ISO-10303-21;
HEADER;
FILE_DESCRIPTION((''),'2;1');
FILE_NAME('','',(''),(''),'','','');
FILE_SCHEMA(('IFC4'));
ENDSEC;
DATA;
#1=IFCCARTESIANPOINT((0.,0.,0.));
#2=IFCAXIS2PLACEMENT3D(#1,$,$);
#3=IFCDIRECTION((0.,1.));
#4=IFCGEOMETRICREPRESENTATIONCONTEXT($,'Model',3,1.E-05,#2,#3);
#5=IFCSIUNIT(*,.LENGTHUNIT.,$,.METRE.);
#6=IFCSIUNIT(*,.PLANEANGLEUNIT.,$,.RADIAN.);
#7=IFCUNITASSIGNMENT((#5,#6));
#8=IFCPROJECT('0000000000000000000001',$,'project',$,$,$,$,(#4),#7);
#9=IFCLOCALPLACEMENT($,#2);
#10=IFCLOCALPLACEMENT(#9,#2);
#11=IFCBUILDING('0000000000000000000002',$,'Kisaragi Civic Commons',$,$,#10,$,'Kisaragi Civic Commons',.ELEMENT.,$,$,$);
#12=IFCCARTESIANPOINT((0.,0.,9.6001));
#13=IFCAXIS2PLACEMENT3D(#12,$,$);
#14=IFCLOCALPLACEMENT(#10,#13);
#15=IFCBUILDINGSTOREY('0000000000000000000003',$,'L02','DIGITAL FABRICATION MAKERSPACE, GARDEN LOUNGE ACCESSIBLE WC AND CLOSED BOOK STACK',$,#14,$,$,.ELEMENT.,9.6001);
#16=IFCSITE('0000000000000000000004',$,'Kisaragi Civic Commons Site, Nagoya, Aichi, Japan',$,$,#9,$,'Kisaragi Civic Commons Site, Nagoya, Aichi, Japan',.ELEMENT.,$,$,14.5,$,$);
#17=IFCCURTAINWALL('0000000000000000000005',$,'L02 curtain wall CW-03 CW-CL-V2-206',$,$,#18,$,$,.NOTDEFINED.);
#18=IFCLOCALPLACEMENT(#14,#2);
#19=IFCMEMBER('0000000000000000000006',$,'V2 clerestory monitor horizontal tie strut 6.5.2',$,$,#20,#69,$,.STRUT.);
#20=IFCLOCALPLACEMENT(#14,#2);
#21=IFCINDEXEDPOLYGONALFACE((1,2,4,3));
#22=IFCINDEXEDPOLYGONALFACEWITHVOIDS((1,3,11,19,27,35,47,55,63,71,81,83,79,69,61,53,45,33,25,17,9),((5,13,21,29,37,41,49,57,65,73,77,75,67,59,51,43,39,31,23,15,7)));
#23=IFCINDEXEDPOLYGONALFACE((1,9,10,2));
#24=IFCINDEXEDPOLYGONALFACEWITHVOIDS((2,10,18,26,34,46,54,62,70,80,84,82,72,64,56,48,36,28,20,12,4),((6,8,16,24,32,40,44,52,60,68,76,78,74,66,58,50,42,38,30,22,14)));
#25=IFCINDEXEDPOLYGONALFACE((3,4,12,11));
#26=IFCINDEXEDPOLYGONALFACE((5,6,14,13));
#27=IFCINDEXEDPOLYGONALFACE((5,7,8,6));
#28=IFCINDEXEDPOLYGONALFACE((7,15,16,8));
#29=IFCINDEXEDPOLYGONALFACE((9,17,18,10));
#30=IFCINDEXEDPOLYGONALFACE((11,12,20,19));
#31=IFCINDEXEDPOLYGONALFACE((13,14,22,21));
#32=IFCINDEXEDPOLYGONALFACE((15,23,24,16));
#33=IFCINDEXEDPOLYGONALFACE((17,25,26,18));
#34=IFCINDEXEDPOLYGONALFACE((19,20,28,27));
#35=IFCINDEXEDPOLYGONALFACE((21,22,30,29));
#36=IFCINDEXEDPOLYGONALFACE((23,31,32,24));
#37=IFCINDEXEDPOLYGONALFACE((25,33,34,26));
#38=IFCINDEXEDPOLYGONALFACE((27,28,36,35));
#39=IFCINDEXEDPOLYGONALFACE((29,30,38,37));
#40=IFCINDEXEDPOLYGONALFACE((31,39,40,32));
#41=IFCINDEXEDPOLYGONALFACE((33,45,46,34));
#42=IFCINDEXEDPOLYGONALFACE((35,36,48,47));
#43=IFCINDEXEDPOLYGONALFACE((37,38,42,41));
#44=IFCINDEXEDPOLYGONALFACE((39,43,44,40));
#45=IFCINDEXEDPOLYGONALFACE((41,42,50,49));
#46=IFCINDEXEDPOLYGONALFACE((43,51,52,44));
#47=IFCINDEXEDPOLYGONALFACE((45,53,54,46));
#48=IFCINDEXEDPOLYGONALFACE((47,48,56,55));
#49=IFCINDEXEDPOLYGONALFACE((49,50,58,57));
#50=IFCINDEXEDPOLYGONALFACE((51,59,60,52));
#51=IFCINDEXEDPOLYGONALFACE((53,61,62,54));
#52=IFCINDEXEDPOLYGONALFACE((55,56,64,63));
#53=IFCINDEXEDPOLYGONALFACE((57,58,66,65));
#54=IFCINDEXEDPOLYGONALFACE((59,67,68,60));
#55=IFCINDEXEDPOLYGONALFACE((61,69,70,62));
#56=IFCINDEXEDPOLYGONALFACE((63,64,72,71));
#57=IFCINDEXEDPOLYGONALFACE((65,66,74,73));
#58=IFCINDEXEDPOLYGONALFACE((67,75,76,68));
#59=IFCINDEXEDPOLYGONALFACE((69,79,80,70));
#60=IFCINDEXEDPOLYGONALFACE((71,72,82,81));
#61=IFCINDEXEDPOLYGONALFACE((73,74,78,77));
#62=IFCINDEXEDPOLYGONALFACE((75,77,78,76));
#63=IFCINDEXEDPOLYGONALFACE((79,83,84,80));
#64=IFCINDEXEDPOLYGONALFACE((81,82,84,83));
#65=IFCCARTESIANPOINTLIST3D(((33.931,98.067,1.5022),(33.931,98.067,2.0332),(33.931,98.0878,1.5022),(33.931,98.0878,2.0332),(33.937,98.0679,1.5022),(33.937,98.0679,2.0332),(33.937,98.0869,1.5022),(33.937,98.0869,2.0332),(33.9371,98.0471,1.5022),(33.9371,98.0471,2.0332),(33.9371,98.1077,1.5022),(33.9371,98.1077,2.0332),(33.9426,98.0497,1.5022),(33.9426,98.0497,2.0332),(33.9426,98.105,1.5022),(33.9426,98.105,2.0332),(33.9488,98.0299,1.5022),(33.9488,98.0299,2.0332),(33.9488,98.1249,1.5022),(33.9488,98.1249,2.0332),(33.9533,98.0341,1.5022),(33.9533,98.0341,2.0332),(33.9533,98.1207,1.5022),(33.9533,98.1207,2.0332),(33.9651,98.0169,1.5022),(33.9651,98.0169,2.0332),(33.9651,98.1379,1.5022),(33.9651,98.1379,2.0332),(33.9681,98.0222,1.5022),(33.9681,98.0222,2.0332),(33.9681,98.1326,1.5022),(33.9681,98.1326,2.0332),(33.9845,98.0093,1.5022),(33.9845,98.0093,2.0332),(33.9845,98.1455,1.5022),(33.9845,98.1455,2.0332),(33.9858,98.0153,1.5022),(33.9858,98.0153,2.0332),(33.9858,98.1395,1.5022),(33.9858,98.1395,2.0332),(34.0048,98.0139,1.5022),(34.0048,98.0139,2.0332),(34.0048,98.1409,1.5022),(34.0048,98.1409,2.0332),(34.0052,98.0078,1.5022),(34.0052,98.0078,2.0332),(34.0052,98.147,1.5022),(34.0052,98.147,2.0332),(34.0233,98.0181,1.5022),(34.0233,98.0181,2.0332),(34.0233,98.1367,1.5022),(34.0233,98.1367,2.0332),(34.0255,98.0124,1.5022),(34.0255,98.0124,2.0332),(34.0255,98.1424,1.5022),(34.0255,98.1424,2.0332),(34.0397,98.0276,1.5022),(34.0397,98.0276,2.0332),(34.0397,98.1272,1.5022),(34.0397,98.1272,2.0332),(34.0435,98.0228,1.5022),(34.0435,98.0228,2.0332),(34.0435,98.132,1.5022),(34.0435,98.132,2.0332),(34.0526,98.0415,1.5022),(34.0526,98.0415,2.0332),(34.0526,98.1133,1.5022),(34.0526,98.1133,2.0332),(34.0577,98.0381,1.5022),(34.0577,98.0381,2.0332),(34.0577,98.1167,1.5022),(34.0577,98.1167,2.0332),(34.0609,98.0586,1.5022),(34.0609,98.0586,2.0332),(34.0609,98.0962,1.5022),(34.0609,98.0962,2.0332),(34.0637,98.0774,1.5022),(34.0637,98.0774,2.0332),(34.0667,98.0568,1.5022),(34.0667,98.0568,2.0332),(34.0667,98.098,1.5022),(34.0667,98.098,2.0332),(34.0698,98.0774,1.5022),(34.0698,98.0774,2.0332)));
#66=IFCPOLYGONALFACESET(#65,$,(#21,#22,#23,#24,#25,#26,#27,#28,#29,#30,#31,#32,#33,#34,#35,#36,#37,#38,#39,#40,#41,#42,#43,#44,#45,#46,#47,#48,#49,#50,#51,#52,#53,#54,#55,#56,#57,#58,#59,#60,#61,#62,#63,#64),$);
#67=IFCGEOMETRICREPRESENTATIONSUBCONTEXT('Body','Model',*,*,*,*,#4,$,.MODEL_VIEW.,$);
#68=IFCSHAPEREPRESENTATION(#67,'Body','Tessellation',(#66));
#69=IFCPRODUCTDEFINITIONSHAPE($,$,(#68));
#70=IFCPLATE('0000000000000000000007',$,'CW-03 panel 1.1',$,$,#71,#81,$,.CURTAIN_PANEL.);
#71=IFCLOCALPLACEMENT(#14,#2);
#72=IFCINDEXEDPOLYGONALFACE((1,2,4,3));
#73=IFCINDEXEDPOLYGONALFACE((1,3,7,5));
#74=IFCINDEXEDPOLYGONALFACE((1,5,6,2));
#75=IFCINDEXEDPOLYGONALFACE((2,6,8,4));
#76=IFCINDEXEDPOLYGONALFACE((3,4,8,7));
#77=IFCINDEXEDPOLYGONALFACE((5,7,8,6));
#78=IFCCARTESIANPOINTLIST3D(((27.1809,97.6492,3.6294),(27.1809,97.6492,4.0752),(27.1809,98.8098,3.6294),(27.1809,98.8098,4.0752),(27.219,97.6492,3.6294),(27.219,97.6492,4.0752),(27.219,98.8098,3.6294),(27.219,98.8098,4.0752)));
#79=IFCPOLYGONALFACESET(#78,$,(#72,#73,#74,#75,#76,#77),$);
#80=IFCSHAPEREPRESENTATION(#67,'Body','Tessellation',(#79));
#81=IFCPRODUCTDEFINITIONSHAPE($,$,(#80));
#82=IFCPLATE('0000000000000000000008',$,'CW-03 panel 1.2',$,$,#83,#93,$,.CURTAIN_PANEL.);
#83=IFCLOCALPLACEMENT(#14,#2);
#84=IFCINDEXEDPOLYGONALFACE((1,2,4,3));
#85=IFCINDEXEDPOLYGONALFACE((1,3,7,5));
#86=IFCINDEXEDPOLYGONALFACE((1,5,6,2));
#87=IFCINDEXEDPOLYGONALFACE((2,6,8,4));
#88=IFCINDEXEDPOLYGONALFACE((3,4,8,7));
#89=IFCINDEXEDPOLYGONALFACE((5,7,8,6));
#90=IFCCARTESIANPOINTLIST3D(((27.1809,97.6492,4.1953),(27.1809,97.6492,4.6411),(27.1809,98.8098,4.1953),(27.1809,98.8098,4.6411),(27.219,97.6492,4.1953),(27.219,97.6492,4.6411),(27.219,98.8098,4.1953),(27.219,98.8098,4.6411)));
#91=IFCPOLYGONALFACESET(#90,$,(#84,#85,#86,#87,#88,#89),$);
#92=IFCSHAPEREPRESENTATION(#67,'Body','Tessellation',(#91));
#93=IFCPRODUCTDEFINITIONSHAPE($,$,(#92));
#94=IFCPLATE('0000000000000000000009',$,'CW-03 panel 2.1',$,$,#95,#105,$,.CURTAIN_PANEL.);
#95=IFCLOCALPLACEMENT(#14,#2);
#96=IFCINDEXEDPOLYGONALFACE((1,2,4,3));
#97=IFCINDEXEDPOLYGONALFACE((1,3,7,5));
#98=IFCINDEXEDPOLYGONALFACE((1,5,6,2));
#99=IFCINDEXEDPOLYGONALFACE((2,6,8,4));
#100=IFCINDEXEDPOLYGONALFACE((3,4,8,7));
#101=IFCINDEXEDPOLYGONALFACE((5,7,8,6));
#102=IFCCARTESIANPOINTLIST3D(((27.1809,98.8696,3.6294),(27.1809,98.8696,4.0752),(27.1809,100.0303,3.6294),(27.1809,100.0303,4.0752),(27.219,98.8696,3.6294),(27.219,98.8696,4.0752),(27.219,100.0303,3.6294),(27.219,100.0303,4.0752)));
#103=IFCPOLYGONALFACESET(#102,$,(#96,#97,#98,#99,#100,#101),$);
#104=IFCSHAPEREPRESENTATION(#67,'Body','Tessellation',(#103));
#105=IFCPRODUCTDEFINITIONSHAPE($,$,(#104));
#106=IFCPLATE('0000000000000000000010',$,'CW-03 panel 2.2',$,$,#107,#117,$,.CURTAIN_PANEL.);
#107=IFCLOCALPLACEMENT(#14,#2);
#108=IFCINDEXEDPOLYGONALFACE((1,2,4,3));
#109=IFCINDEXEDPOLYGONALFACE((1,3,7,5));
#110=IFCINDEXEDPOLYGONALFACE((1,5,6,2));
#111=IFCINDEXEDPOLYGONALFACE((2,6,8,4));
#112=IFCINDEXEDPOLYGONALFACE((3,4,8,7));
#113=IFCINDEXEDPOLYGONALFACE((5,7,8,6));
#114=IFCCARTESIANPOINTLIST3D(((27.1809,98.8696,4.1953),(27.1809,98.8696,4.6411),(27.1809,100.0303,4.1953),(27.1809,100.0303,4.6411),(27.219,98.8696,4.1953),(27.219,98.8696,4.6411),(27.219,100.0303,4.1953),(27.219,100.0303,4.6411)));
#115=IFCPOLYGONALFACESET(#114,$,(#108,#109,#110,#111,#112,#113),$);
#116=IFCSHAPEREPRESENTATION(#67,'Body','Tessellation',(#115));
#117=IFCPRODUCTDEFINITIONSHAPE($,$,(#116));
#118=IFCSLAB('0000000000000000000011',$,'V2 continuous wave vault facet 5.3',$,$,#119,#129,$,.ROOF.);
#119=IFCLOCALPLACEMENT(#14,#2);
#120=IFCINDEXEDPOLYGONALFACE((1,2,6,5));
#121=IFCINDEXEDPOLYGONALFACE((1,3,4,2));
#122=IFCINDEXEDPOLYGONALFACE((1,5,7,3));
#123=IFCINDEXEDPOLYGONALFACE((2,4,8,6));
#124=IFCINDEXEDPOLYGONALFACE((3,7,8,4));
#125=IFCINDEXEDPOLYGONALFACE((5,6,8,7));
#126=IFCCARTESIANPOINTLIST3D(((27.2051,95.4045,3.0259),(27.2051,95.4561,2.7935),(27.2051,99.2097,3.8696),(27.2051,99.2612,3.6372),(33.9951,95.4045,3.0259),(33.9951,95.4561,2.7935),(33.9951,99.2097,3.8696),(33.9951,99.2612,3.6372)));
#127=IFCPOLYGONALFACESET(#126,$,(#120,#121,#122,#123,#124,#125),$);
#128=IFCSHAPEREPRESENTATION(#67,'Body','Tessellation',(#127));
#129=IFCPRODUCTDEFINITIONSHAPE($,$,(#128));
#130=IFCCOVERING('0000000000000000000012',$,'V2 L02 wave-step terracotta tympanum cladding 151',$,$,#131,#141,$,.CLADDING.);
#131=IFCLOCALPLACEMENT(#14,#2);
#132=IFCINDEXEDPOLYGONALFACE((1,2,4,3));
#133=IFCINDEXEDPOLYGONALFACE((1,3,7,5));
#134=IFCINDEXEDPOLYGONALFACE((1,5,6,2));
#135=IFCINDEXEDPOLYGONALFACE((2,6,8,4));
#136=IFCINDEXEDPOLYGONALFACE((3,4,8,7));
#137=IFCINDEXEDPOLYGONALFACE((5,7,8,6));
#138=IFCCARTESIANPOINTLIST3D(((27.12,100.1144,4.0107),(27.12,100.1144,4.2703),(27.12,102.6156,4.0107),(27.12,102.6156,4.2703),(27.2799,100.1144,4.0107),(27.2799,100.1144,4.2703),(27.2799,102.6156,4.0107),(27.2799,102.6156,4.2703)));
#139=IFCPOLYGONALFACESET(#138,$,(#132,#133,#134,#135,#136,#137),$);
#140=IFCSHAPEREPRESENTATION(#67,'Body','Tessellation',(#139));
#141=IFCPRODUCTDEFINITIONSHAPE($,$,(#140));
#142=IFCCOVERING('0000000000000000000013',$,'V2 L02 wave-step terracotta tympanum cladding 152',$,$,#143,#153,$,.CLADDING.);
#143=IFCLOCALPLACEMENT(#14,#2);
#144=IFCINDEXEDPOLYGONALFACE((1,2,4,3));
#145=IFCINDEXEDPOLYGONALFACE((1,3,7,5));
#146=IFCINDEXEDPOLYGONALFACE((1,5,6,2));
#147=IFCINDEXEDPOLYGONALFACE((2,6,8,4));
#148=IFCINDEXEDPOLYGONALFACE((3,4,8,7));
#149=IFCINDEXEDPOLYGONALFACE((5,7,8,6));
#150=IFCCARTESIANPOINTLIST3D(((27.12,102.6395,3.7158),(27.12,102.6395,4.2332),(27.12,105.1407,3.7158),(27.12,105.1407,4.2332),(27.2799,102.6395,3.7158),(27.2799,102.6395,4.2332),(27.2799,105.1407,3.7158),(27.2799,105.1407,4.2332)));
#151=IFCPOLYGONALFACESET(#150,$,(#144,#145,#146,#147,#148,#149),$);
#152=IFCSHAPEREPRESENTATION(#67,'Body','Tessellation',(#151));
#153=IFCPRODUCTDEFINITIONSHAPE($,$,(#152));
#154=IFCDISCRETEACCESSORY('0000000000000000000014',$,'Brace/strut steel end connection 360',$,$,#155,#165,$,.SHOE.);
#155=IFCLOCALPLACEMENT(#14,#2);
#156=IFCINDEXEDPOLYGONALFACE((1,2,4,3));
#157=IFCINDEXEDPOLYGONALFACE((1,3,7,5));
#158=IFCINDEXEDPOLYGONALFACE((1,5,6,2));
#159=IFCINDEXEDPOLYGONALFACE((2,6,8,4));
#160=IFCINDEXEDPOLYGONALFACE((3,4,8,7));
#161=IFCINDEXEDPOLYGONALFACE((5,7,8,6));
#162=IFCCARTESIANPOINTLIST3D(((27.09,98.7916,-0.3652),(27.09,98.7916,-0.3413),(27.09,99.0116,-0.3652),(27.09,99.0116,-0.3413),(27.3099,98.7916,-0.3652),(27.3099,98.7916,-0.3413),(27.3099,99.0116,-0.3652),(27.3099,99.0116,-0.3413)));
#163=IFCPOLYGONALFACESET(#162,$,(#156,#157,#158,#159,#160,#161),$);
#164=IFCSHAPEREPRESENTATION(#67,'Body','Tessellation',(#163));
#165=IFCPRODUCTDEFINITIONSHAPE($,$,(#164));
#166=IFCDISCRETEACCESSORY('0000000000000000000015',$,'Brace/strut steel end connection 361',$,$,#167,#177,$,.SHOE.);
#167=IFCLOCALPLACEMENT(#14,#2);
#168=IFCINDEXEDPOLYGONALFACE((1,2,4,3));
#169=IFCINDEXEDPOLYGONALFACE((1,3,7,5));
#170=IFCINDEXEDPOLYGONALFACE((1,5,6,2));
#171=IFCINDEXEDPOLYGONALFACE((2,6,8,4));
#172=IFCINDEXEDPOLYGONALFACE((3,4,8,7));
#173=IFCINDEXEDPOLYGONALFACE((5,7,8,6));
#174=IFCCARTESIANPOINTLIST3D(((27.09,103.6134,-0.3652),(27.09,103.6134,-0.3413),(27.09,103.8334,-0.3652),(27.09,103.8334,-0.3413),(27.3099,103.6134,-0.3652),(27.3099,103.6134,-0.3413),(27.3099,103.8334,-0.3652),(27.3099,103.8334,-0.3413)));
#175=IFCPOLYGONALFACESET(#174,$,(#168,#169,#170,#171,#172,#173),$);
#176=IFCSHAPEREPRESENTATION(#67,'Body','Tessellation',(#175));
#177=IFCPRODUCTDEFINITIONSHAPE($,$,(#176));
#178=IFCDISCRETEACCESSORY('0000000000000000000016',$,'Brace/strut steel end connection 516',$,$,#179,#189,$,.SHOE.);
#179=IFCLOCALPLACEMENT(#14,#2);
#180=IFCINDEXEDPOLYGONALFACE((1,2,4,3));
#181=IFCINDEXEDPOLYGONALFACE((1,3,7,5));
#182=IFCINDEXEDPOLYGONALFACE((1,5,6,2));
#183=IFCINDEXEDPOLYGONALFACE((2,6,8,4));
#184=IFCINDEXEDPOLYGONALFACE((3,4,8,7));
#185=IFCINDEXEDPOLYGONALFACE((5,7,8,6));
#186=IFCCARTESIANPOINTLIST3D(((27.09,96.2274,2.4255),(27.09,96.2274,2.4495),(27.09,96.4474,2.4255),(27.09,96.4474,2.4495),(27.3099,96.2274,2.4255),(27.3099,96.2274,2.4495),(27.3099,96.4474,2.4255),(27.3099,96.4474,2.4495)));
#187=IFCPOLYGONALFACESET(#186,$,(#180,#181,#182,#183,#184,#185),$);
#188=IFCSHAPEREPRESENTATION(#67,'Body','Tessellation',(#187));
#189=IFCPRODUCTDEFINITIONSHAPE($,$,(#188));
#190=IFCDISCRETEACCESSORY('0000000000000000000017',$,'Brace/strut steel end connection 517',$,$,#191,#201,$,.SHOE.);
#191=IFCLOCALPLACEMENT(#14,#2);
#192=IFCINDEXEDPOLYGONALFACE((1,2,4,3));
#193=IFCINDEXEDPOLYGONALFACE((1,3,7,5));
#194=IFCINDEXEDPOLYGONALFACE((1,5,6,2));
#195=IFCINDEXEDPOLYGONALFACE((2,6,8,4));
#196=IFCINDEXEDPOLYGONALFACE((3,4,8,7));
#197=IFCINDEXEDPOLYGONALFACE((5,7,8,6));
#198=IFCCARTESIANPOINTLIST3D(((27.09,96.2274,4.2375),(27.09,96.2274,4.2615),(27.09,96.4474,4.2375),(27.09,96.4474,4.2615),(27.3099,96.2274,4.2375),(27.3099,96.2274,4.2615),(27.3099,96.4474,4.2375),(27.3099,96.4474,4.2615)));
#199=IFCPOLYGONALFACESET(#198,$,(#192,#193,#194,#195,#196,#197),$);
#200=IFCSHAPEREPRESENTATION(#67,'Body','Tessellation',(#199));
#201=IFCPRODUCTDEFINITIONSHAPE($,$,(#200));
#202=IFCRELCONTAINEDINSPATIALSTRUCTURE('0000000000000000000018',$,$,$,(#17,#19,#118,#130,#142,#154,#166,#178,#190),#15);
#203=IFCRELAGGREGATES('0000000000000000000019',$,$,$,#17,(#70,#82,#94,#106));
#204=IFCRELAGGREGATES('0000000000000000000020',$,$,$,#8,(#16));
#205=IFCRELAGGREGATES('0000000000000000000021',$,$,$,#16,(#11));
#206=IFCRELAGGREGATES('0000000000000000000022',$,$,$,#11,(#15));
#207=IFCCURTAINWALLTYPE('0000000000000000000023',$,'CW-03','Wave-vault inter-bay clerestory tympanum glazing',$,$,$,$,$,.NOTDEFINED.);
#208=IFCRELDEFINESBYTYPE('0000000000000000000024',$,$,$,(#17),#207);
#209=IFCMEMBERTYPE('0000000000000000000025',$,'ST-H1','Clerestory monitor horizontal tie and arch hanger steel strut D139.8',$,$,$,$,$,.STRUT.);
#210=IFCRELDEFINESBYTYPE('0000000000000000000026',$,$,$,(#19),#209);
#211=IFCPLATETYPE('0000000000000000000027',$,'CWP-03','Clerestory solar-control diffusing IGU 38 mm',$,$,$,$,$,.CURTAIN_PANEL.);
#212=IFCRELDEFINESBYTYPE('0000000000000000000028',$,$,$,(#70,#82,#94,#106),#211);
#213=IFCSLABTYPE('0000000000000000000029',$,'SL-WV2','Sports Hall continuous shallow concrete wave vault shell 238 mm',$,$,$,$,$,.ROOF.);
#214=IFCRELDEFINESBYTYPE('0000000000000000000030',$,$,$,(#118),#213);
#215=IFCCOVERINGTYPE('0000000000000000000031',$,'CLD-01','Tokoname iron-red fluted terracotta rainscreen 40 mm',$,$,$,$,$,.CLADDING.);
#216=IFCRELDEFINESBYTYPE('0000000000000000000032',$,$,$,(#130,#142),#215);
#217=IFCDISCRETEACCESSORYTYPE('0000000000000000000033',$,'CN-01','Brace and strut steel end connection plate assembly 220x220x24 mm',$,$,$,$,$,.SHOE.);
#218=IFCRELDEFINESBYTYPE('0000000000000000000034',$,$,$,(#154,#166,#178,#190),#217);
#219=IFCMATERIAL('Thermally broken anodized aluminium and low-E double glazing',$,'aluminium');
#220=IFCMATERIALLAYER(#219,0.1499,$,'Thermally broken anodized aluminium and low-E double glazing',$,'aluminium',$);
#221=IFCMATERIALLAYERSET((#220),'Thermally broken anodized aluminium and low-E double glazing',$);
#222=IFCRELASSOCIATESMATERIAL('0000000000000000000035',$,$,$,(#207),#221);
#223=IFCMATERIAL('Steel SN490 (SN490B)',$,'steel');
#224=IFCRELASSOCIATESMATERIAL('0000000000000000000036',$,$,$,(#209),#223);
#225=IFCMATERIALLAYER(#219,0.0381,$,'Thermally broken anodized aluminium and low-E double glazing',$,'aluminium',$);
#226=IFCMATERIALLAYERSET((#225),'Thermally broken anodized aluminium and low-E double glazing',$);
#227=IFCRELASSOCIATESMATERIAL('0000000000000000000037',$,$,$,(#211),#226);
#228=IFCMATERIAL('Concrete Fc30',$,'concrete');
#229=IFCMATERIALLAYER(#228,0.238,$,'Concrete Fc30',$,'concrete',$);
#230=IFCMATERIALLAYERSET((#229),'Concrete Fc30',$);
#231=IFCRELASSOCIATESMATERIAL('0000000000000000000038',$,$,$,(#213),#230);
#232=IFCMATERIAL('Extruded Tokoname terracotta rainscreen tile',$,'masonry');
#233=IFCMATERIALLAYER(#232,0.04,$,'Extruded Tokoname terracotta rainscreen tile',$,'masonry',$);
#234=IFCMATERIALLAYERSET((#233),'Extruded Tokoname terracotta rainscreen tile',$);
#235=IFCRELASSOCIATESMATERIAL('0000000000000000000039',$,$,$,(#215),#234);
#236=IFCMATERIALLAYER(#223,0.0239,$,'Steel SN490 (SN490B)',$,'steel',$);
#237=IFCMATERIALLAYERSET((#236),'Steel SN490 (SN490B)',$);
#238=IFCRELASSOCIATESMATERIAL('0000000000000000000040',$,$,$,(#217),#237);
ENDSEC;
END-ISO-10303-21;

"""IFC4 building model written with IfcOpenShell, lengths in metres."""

from ifc_helpers import new_model, si_unit, direction, frame, origin, origin_2d, place, context, subcontext, project, spatial, polyline, rectangle, hollow_circle, outline, extrude, material, layer, layer_set, material_profile, profile_set, type_object, element, aggregate, save


model = new_model("IFC4")

# Units and contexts
model_context = context("Model", 3, precision=1e-05, world=origin(), true_north=direction((0.0, 1.0)))
body_context = subcontext(model_context, "Body", "Model", "MODEL_VIEW")
ifc_project = project(units=[si_unit("LENGTHUNIT", "METRE"), si_unit("PLANEANGLEUNIT", "RADIAN")], contexts=[model_context])

# Site, building, storey
site_placement = place(None, origin())
site = spatial("IfcSite", under=ifc_project, at=site_placement, Name="Kisaragi Civic Commons Site, Nagoya, Aichi, Japan", LongName="Kisaragi Civic Commons Site, Nagoya, Aichi, Japan", CompositionType="ELEMENT", RefElevation=14.5)
building_placement = place(site_placement, origin())
building = spatial("IfcBuilding", under=site, at=building_placement, Name="Kisaragi Civic Commons", LongName="Kisaragi Civic Commons", CompositionType="ELEMENT")
storey_placement = place(building_placement, frame((0.0, 0.0, 9.6001)))
storey = spatial("IfcBuildingStorey", under=building, at=storey_placement, Name="L02", Description="DIGITAL FABRICATION MAKERSPACE, GARDEN LOUNGE ACCESSIBLE WC AND CLOSED BOOK STACK", CompositionType="ELEMENT", Elevation=9.6001)

# Shared definitions
ifc_material_1 = material(Name="Thermally broken anodized aluminium and low-E double glazing", Category="aluminium")
ifc_layer_1 = layer(ifc_material_1, 0.1499, Name="Thermally broken anodized aluminium and low-E double glazing", Category="aluminium")
ifc_layer_set_1 = layer_set([ifc_layer_1], Name="Thermally broken anodized aluminium and low-E double glazing")
curtain_wall_type = type_object("IfcCurtainWallType", Name="CW-03", Description="Wave-vault inter-bay clerestory tympanum glazing", PredefinedType="NOTDEFINED", material=ifc_layer_set_1)

# Curtain wall
curtain_wall_1_placement = place(storey_placement, origin())
curtain_wall_1 = element("IfcCurtainWall", 1, at=curtain_wall_1_placement, inside=storey, type_object=curtain_wall_type, Name="L02 curtain wall CW-03 CW-CL-V2-206", PredefinedType="NOTDEFINED")

# Member
ifc_material_2 = material(Name="Steel SN490 (SN490B)", Category="steel")
ifc_material_profile_1 = material_profile(ifc_material_2, hollow_circle(Radius=0.0698, WallThickness=0.0061, at=origin_2d()), Name="CHS-139.8x6.0", Category="steel")
ifc_profile_set_1 = profile_set([ifc_material_profile_1], Name="Steel SN490 (SN490B)")
member_type_1 = type_object("IfcMemberType", Name="ST-H1", Description="Clerestory monitor horizontal tie and arch hanger steel strut D139.8", PredefinedType="STRUT", material=ifc_profile_set_1)
member_1_placement = place(storey_placement, frame((34.0, 98.0774, 1.5022), z_axis=(0.0, 0.0, 1.0), x_axis=(1.0, 0.0, 0.0)))
element("IfcMember", 2, at=member_1_placement, inside=storey, type_object=member_type_1, Name="V2 clerestory monitor horizontal tie strut 6.5.2", PredefinedType="STRUT", context=body_context, shape_type="SweptSolid", body=[
    extrude(hollow_circle(Radius=0.0698, WallThickness=0.0061, at=origin_2d()), origin(), (0.0, 0.0, 1.0), 0.531),
])

# Plates
ifc_layer_2 = layer(ifc_material_1, 0.0381, Name="Thermally broken anodized aluminium and low-E double glazing", Category="aluminium")
ifc_layer_set_2 = layer_set([ifc_layer_2], Name="Thermally broken anodized aluminium and low-E double glazing")
plate_type = type_object("IfcPlateType", Name="CWP-03", Description="Clerestory solar-control diffusing IGU 38 mm", PredefinedType="CURTAIN_PANEL", material=ifc_layer_set_2)
plate_1_placement = place(storey_placement, frame((27.2, 98.2295, 3.6294), z_axis=(0.0, 0.0, 1.0), x_axis=(0.0, 1.0, 0.0)))
plate_1 = element("IfcPlate", 3, at=plate_1_placement, type_object=plate_type, Name="CW-03 panel 1.1", PredefinedType="CURTAIN_PANEL", context=body_context, shape_type="SweptSolid", body=[
    extrude(rectangle(XDim=1.1606, YDim=0.0381, at=origin_2d()), origin(), (0.0, 0.0, 1.0), 0.4458),
])
plate_2_placement = place(storey_placement, frame((27.2, 98.2295, 4.1953), z_axis=(0.0, 0.0, 1.0), x_axis=(0.0, 1.0, 0.0)))
plate_2 = element("IfcPlate", 4, at=plate_2_placement, type_object=plate_type, Name="CW-03 panel 1.2", PredefinedType="CURTAIN_PANEL", context=body_context, shape_type="SweptSolid", body=[
    extrude(rectangle(XDim=1.1606, YDim=0.0381, at=origin_2d()), origin(), (0.0, 0.0, 1.0), 0.4458),
])
plate_3_placement = place(storey_placement, frame((27.2, 99.45, 3.6294), z_axis=(0.0, 0.0, 1.0), x_axis=(0.0, 1.0, 0.0)))
plate_3 = element("IfcPlate", 5, at=plate_3_placement, type_object=plate_type, Name="CW-03 panel 2.1", PredefinedType="CURTAIN_PANEL", context=body_context, shape_type="SweptSolid", body=[
    extrude(rectangle(XDim=1.1606, YDim=0.0381, at=origin_2d()), origin(), (0.0, 0.0, 1.0), 0.4458),
])
plate_4_placement = place(storey_placement, frame((27.2, 99.45, 4.1953), z_axis=(0.0, 0.0, 1.0), x_axis=(0.0, 1.0, 0.0)))
plate_4 = element("IfcPlate", 6, at=plate_4_placement, type_object=plate_type, Name="CW-03 panel 2.2", PredefinedType="CURTAIN_PANEL", context=body_context, shape_type="SweptSolid", body=[
    extrude(rectangle(XDim=1.1606, YDim=0.0381, at=origin_2d()), origin(), (0.0, 0.0, 1.0), 0.4458),
])
aggregate(curtain_wall_1, [plate_1, plate_2, plate_3, plate_4])

# Slab
ifc_material_3 = material(Name="Concrete Fc30", Category="concrete")
ifc_layer_3 = layer(ifc_material_3, 0.238, Name="Concrete Fc30", Category="concrete")
ifc_layer_set_3 = layer_set([ifc_layer_3], Name="Concrete Fc30")
slab_type = type_object("IfcSlabType", Name="SL-WV2", Description="Sports Hall continuous shallow concrete wave vault shell 238 mm", PredefinedType="ROOF", material=ifc_layer_set_3)
slab_placement = place(storey_placement, frame((33.9951, 99.2097, 3.8696), z_axis=(0.0, -0.216479, 0.976287), x_axis=(-1.0, 0.0, 0.0)))
element("IfcSlab", 7, at=slab_placement, inside=storey, type_object=slab_type, Name="V2 continuous wave vault facet 5.3", PredefinedType="ROOF", context=body_context, shape_type="SweptSolid", body=[
    extrude(outline(polyline([(0.0, 0.0), (6.79, 0.0), (6.79, 3.8976), (0.0, 3.8976), (0.0, 0.0)])), origin(), (0.0, 0.0, -1.0), 0.238),
])

# Coverings
ifc_material_4 = material(Name="Extruded Tokoname terracotta rainscreen tile", Category="masonry")
ifc_layer_4 = layer(ifc_material_4, 0.04, Name="Extruded Tokoname terracotta rainscreen tile", Category="masonry")
ifc_layer_set_4 = layer_set([ifc_layer_4], Name="Extruded Tokoname terracotta rainscreen tile")
covering_type = type_object("IfcCoveringType", Name="CLD-01", Description="Tokoname iron-red fluted terracotta rainscreen 40 mm", PredefinedType="CLADDING", material=ifc_layer_set_4)
covering_1_placement = place(storey_placement, frame((27.2, 101.365, 4.0107), z_axis=(0.0, 0.0, 1.0), x_axis=(0.0, 1.0, 0.0)))
element("IfcCovering", 8, at=covering_1_placement, inside=storey, type_object=covering_type, Name="V2 L02 wave-step terracotta tympanum cladding 151", PredefinedType="CLADDING", context=body_context, shape_type="SweptSolid", body=[
    extrude(rectangle(XDim=2.5012, YDim=0.1599, at=origin_2d()), origin(), (0.0, 0.0, 1.0), 0.2595),
])
covering_2_placement = place(storey_placement, frame((27.2, 103.8901, 3.7158), z_axis=(0.0, 0.0, 1.0), x_axis=(0.0, 1.0, 0.0)))
element("IfcCovering", 9, at=covering_2_placement, inside=storey, type_object=covering_type, Name="V2 L02 wave-step terracotta tympanum cladding 152", PredefinedType="CLADDING", context=body_context, shape_type="SweptSolid", body=[
    extrude(rectangle(XDim=2.5012, YDim=0.1599, at=origin_2d()), origin(), (0.0, 0.0, 1.0), 0.5173),
])

# Discrete accessories
ifc_layer_5 = layer(ifc_material_2, 0.0239, Name="Steel SN490 (SN490B)", Category="steel")
ifc_layer_set_5 = layer_set([ifc_layer_5], Name="Steel SN490 (SN490B)")
discrete_accessory_type = type_object("IfcDiscreteAccessoryType", Name="CN-01", Description="Brace and strut steel end connection plate assembly 220x220x24 mm", PredefinedType="SHOE", material=ifc_layer_set_5)
for number, where, z_axis, x_axis, name in (
    (10, (27.2, 98.9016, -0.3652), (0.0, 0.0, 1.0), (1.0, 0.0, 0.0), "Brace/strut steel end connection 360"),
    (11, (27.2, 103.7234, -0.3652), (0.0, 0.0, 1.0), (1.0, 0.0, 0.0), "Brace/strut steel end connection 361"),
    (12, (27.2, 96.3374, 2.4255), (0.0, 0.0, 1.0), (1.0, 0.0, 0.0), "Brace/strut steel end connection 516"),
    (13, (27.2, 96.3374, 4.2375), (0.0, 0.0, 1.0), (1.0, 0.0, 0.0), "Brace/strut steel end connection 517"),
):
    element("IfcDiscreteAccessory", number, at=place(storey_placement, frame(where, z_axis=z_axis, x_axis=x_axis)), inside=storey, type_object=discrete_accessory_type, Name=name, PredefinedType="SHOE", context=body_context, shape_type="SweptSolid", body=[
        extrude(rectangle(XDim=0.22, YDim=0.22, at=origin_2d()), origin(), (0.0, 0.0, 1.0), 0.0239),
    ])

save(model, "model.ifc")
